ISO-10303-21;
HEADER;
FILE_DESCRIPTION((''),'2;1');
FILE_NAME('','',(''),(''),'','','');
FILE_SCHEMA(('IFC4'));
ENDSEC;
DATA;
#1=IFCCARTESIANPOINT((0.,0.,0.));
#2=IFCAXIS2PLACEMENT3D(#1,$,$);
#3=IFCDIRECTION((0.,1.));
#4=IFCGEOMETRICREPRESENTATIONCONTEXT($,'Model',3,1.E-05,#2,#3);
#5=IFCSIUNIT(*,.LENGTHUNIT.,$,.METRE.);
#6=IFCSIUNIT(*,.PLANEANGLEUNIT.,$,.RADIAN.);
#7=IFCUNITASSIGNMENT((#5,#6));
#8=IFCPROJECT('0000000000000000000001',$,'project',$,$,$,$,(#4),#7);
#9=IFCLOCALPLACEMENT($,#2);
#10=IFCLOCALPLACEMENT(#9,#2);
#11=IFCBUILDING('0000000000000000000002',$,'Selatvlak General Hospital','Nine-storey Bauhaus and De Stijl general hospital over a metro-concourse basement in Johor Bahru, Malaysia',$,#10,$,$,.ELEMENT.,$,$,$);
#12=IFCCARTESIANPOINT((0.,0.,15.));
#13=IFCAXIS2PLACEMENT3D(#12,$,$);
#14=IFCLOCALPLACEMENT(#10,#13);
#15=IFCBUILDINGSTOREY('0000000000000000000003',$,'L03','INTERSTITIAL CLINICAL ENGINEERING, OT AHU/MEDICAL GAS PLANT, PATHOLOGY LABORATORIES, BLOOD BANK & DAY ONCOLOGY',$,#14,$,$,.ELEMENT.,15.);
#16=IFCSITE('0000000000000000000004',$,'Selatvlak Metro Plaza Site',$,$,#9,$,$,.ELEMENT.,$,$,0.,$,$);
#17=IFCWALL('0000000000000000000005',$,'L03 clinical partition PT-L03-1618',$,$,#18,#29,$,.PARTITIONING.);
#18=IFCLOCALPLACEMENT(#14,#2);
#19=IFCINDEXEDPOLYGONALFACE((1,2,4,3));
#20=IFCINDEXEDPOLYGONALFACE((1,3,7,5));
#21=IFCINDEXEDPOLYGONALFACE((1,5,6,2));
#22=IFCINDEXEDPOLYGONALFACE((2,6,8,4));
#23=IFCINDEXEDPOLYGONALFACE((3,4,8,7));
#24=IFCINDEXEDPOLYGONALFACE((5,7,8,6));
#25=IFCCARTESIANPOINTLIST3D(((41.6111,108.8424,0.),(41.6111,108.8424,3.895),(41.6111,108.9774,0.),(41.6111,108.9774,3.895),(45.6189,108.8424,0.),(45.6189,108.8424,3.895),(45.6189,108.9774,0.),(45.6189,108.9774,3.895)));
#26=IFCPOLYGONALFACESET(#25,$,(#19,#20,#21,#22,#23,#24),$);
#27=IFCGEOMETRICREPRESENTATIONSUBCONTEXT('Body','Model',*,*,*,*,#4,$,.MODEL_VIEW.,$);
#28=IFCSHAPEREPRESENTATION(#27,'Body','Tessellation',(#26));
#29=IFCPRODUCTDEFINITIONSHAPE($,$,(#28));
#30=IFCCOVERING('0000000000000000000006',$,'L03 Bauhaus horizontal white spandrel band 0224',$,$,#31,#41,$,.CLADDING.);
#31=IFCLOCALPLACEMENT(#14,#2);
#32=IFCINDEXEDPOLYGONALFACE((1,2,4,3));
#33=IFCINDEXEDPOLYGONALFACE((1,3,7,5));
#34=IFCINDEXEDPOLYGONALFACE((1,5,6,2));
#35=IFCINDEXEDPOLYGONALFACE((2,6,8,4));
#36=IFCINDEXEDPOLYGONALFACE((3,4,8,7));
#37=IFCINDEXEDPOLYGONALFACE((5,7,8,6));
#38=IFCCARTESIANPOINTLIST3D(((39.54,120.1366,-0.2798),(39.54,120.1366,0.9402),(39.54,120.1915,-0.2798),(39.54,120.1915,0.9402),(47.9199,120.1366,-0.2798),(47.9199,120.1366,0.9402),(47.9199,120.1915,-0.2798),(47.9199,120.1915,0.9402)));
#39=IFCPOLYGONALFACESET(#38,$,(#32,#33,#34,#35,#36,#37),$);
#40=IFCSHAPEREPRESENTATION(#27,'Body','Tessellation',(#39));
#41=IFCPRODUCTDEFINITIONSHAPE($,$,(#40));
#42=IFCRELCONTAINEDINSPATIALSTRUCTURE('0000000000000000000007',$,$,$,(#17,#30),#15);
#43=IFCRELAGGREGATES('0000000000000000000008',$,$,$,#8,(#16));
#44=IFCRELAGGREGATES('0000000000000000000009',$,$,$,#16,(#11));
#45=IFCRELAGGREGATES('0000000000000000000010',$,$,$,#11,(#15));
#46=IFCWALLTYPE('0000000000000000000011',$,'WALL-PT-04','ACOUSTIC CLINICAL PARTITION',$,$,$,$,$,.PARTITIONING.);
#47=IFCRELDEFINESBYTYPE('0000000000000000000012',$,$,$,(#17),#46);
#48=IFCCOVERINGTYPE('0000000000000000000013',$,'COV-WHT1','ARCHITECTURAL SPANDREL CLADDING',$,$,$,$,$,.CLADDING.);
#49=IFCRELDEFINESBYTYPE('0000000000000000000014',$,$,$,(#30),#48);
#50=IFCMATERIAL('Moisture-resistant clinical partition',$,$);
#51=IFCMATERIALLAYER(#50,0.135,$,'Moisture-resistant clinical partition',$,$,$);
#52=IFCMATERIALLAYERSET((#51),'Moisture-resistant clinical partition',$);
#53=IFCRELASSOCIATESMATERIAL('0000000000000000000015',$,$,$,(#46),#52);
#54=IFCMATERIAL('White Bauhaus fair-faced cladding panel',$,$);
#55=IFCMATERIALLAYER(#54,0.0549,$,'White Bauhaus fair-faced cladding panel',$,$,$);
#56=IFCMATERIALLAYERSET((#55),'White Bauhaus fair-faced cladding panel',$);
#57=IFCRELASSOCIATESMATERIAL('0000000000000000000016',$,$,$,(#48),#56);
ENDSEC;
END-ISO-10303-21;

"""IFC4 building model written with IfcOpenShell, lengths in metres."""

from ifc_helpers import new_model, si_unit, direction, frame, frame_2d, origin, origin_2d, place, context, subcontext, project, spatial, rectangle, extrude, material, layer, layer_set, type_object, element, save


model = new_model("IFC4")

# Units and contexts
model_context = context("Model", 3, precision=1e-05, world=origin(), true_north=direction((0.0, 1.0)))
body_context = subcontext(model_context, "Body", "Model", "MODEL_VIEW")
ifc_project = project(units=[si_unit("LENGTHUNIT", "METRE"), si_unit("PLANEANGLEUNIT", "RADIAN")], contexts=[model_context])

# Site, building, storey
site_placement = place(None, origin())
site = spatial("IfcSite", under=ifc_project, at=site_placement, Name="Selatvlak Metro Plaza Site", CompositionType="ELEMENT", RefElevation=0.0)
building_placement = place(site_placement, origin())
building = spatial("IfcBuilding", under=site, at=building_placement, Name="Selatvlak General Hospital", Description="Nine-storey Bauhaus and De Stijl general hospital over a metro-concourse basement in Johor Bahru, Malaysia", CompositionType="ELEMENT")
storey_placement = place(building_placement, frame((0.0, 0.0, 15.0)))
storey = spatial("IfcBuildingStorey", under=building, at=storey_placement, Name="L03", Description="INTERSTITIAL CLINICAL ENGINEERING, OT AHU/MEDICAL GAS PLANT, PATHOLOGY LABORATORIES, BLOOD BANK & DAY ONCOLOGY", CompositionType="ELEMENT", Elevation=15.0)

# Wall
ifc_material_1 = material(Name="Moisture-resistant clinical partition")
ifc_layer_1 = layer(ifc_material_1, 0.135, Name="Moisture-resistant clinical partition")
ifc_layer_set_1 = layer_set([ifc_layer_1], Name="Moisture-resistant clinical partition")
wall_type_1 = type_object("IfcWallType", Name="WALL-PT-04", Description="ACOUSTIC CLINICAL PARTITION", PredefinedType="PARTITIONING", material=ifc_layer_set_1)
wall_1_placement = place(storey_placement, frame((45.6189, 108.9099, 0.0), z_axis=(0.0, 0.0, 1.0), x_axis=(-1.0, 0.0, 0.0)))
element("IfcWall", 1, at=wall_1_placement, inside=storey, type_object=wall_type_1, Name="L03 clinical partition PT-L03-1618", PredefinedType="PARTITIONING", context=body_context, shape_type="SweptSolid", body=[
    extrude(rectangle(XDim=4.0078, YDim=0.135, at=frame_2d((2.0039, 0.0))), origin(), (0.0, 0.0, 1.0), 3.895),
])

# Covering
ifc_material_2 = material(Name="White Bauhaus fair-faced cladding panel")
ifc_layer_2 = layer(ifc_material_2, 0.0549, Name="White Bauhaus fair-faced cladding panel")
ifc_layer_set_2 = layer_set([ifc_layer_2], Name="White Bauhaus fair-faced cladding panel")
covering_type = type_object("IfcCoveringType", Name="COV-WHT1", Description="ARCHITECTURAL SPANDREL CLADDING", PredefinedType="CLADDING", material=ifc_layer_set_2)
covering_placement = place(storey_placement, frame((43.73, 120.1641, -0.2798), z_axis=(0.0, 0.0, 1.0), x_axis=(1.0, 0.0, 0.0)))
element("IfcCovering", 2, at=covering_placement, inside=storey, type_object=covering_type, Name="L03 Bauhaus horizontal white spandrel band 0224", PredefinedType="CLADDING", context=body_context, shape_type="SweptSolid", body=[
    extrude(rectangle(XDim=8.3799, YDim=0.0549, at=origin_2d()), origin(), (0.0, 0.0, 1.0), 1.22),
])

save(model, "model.ifc")
